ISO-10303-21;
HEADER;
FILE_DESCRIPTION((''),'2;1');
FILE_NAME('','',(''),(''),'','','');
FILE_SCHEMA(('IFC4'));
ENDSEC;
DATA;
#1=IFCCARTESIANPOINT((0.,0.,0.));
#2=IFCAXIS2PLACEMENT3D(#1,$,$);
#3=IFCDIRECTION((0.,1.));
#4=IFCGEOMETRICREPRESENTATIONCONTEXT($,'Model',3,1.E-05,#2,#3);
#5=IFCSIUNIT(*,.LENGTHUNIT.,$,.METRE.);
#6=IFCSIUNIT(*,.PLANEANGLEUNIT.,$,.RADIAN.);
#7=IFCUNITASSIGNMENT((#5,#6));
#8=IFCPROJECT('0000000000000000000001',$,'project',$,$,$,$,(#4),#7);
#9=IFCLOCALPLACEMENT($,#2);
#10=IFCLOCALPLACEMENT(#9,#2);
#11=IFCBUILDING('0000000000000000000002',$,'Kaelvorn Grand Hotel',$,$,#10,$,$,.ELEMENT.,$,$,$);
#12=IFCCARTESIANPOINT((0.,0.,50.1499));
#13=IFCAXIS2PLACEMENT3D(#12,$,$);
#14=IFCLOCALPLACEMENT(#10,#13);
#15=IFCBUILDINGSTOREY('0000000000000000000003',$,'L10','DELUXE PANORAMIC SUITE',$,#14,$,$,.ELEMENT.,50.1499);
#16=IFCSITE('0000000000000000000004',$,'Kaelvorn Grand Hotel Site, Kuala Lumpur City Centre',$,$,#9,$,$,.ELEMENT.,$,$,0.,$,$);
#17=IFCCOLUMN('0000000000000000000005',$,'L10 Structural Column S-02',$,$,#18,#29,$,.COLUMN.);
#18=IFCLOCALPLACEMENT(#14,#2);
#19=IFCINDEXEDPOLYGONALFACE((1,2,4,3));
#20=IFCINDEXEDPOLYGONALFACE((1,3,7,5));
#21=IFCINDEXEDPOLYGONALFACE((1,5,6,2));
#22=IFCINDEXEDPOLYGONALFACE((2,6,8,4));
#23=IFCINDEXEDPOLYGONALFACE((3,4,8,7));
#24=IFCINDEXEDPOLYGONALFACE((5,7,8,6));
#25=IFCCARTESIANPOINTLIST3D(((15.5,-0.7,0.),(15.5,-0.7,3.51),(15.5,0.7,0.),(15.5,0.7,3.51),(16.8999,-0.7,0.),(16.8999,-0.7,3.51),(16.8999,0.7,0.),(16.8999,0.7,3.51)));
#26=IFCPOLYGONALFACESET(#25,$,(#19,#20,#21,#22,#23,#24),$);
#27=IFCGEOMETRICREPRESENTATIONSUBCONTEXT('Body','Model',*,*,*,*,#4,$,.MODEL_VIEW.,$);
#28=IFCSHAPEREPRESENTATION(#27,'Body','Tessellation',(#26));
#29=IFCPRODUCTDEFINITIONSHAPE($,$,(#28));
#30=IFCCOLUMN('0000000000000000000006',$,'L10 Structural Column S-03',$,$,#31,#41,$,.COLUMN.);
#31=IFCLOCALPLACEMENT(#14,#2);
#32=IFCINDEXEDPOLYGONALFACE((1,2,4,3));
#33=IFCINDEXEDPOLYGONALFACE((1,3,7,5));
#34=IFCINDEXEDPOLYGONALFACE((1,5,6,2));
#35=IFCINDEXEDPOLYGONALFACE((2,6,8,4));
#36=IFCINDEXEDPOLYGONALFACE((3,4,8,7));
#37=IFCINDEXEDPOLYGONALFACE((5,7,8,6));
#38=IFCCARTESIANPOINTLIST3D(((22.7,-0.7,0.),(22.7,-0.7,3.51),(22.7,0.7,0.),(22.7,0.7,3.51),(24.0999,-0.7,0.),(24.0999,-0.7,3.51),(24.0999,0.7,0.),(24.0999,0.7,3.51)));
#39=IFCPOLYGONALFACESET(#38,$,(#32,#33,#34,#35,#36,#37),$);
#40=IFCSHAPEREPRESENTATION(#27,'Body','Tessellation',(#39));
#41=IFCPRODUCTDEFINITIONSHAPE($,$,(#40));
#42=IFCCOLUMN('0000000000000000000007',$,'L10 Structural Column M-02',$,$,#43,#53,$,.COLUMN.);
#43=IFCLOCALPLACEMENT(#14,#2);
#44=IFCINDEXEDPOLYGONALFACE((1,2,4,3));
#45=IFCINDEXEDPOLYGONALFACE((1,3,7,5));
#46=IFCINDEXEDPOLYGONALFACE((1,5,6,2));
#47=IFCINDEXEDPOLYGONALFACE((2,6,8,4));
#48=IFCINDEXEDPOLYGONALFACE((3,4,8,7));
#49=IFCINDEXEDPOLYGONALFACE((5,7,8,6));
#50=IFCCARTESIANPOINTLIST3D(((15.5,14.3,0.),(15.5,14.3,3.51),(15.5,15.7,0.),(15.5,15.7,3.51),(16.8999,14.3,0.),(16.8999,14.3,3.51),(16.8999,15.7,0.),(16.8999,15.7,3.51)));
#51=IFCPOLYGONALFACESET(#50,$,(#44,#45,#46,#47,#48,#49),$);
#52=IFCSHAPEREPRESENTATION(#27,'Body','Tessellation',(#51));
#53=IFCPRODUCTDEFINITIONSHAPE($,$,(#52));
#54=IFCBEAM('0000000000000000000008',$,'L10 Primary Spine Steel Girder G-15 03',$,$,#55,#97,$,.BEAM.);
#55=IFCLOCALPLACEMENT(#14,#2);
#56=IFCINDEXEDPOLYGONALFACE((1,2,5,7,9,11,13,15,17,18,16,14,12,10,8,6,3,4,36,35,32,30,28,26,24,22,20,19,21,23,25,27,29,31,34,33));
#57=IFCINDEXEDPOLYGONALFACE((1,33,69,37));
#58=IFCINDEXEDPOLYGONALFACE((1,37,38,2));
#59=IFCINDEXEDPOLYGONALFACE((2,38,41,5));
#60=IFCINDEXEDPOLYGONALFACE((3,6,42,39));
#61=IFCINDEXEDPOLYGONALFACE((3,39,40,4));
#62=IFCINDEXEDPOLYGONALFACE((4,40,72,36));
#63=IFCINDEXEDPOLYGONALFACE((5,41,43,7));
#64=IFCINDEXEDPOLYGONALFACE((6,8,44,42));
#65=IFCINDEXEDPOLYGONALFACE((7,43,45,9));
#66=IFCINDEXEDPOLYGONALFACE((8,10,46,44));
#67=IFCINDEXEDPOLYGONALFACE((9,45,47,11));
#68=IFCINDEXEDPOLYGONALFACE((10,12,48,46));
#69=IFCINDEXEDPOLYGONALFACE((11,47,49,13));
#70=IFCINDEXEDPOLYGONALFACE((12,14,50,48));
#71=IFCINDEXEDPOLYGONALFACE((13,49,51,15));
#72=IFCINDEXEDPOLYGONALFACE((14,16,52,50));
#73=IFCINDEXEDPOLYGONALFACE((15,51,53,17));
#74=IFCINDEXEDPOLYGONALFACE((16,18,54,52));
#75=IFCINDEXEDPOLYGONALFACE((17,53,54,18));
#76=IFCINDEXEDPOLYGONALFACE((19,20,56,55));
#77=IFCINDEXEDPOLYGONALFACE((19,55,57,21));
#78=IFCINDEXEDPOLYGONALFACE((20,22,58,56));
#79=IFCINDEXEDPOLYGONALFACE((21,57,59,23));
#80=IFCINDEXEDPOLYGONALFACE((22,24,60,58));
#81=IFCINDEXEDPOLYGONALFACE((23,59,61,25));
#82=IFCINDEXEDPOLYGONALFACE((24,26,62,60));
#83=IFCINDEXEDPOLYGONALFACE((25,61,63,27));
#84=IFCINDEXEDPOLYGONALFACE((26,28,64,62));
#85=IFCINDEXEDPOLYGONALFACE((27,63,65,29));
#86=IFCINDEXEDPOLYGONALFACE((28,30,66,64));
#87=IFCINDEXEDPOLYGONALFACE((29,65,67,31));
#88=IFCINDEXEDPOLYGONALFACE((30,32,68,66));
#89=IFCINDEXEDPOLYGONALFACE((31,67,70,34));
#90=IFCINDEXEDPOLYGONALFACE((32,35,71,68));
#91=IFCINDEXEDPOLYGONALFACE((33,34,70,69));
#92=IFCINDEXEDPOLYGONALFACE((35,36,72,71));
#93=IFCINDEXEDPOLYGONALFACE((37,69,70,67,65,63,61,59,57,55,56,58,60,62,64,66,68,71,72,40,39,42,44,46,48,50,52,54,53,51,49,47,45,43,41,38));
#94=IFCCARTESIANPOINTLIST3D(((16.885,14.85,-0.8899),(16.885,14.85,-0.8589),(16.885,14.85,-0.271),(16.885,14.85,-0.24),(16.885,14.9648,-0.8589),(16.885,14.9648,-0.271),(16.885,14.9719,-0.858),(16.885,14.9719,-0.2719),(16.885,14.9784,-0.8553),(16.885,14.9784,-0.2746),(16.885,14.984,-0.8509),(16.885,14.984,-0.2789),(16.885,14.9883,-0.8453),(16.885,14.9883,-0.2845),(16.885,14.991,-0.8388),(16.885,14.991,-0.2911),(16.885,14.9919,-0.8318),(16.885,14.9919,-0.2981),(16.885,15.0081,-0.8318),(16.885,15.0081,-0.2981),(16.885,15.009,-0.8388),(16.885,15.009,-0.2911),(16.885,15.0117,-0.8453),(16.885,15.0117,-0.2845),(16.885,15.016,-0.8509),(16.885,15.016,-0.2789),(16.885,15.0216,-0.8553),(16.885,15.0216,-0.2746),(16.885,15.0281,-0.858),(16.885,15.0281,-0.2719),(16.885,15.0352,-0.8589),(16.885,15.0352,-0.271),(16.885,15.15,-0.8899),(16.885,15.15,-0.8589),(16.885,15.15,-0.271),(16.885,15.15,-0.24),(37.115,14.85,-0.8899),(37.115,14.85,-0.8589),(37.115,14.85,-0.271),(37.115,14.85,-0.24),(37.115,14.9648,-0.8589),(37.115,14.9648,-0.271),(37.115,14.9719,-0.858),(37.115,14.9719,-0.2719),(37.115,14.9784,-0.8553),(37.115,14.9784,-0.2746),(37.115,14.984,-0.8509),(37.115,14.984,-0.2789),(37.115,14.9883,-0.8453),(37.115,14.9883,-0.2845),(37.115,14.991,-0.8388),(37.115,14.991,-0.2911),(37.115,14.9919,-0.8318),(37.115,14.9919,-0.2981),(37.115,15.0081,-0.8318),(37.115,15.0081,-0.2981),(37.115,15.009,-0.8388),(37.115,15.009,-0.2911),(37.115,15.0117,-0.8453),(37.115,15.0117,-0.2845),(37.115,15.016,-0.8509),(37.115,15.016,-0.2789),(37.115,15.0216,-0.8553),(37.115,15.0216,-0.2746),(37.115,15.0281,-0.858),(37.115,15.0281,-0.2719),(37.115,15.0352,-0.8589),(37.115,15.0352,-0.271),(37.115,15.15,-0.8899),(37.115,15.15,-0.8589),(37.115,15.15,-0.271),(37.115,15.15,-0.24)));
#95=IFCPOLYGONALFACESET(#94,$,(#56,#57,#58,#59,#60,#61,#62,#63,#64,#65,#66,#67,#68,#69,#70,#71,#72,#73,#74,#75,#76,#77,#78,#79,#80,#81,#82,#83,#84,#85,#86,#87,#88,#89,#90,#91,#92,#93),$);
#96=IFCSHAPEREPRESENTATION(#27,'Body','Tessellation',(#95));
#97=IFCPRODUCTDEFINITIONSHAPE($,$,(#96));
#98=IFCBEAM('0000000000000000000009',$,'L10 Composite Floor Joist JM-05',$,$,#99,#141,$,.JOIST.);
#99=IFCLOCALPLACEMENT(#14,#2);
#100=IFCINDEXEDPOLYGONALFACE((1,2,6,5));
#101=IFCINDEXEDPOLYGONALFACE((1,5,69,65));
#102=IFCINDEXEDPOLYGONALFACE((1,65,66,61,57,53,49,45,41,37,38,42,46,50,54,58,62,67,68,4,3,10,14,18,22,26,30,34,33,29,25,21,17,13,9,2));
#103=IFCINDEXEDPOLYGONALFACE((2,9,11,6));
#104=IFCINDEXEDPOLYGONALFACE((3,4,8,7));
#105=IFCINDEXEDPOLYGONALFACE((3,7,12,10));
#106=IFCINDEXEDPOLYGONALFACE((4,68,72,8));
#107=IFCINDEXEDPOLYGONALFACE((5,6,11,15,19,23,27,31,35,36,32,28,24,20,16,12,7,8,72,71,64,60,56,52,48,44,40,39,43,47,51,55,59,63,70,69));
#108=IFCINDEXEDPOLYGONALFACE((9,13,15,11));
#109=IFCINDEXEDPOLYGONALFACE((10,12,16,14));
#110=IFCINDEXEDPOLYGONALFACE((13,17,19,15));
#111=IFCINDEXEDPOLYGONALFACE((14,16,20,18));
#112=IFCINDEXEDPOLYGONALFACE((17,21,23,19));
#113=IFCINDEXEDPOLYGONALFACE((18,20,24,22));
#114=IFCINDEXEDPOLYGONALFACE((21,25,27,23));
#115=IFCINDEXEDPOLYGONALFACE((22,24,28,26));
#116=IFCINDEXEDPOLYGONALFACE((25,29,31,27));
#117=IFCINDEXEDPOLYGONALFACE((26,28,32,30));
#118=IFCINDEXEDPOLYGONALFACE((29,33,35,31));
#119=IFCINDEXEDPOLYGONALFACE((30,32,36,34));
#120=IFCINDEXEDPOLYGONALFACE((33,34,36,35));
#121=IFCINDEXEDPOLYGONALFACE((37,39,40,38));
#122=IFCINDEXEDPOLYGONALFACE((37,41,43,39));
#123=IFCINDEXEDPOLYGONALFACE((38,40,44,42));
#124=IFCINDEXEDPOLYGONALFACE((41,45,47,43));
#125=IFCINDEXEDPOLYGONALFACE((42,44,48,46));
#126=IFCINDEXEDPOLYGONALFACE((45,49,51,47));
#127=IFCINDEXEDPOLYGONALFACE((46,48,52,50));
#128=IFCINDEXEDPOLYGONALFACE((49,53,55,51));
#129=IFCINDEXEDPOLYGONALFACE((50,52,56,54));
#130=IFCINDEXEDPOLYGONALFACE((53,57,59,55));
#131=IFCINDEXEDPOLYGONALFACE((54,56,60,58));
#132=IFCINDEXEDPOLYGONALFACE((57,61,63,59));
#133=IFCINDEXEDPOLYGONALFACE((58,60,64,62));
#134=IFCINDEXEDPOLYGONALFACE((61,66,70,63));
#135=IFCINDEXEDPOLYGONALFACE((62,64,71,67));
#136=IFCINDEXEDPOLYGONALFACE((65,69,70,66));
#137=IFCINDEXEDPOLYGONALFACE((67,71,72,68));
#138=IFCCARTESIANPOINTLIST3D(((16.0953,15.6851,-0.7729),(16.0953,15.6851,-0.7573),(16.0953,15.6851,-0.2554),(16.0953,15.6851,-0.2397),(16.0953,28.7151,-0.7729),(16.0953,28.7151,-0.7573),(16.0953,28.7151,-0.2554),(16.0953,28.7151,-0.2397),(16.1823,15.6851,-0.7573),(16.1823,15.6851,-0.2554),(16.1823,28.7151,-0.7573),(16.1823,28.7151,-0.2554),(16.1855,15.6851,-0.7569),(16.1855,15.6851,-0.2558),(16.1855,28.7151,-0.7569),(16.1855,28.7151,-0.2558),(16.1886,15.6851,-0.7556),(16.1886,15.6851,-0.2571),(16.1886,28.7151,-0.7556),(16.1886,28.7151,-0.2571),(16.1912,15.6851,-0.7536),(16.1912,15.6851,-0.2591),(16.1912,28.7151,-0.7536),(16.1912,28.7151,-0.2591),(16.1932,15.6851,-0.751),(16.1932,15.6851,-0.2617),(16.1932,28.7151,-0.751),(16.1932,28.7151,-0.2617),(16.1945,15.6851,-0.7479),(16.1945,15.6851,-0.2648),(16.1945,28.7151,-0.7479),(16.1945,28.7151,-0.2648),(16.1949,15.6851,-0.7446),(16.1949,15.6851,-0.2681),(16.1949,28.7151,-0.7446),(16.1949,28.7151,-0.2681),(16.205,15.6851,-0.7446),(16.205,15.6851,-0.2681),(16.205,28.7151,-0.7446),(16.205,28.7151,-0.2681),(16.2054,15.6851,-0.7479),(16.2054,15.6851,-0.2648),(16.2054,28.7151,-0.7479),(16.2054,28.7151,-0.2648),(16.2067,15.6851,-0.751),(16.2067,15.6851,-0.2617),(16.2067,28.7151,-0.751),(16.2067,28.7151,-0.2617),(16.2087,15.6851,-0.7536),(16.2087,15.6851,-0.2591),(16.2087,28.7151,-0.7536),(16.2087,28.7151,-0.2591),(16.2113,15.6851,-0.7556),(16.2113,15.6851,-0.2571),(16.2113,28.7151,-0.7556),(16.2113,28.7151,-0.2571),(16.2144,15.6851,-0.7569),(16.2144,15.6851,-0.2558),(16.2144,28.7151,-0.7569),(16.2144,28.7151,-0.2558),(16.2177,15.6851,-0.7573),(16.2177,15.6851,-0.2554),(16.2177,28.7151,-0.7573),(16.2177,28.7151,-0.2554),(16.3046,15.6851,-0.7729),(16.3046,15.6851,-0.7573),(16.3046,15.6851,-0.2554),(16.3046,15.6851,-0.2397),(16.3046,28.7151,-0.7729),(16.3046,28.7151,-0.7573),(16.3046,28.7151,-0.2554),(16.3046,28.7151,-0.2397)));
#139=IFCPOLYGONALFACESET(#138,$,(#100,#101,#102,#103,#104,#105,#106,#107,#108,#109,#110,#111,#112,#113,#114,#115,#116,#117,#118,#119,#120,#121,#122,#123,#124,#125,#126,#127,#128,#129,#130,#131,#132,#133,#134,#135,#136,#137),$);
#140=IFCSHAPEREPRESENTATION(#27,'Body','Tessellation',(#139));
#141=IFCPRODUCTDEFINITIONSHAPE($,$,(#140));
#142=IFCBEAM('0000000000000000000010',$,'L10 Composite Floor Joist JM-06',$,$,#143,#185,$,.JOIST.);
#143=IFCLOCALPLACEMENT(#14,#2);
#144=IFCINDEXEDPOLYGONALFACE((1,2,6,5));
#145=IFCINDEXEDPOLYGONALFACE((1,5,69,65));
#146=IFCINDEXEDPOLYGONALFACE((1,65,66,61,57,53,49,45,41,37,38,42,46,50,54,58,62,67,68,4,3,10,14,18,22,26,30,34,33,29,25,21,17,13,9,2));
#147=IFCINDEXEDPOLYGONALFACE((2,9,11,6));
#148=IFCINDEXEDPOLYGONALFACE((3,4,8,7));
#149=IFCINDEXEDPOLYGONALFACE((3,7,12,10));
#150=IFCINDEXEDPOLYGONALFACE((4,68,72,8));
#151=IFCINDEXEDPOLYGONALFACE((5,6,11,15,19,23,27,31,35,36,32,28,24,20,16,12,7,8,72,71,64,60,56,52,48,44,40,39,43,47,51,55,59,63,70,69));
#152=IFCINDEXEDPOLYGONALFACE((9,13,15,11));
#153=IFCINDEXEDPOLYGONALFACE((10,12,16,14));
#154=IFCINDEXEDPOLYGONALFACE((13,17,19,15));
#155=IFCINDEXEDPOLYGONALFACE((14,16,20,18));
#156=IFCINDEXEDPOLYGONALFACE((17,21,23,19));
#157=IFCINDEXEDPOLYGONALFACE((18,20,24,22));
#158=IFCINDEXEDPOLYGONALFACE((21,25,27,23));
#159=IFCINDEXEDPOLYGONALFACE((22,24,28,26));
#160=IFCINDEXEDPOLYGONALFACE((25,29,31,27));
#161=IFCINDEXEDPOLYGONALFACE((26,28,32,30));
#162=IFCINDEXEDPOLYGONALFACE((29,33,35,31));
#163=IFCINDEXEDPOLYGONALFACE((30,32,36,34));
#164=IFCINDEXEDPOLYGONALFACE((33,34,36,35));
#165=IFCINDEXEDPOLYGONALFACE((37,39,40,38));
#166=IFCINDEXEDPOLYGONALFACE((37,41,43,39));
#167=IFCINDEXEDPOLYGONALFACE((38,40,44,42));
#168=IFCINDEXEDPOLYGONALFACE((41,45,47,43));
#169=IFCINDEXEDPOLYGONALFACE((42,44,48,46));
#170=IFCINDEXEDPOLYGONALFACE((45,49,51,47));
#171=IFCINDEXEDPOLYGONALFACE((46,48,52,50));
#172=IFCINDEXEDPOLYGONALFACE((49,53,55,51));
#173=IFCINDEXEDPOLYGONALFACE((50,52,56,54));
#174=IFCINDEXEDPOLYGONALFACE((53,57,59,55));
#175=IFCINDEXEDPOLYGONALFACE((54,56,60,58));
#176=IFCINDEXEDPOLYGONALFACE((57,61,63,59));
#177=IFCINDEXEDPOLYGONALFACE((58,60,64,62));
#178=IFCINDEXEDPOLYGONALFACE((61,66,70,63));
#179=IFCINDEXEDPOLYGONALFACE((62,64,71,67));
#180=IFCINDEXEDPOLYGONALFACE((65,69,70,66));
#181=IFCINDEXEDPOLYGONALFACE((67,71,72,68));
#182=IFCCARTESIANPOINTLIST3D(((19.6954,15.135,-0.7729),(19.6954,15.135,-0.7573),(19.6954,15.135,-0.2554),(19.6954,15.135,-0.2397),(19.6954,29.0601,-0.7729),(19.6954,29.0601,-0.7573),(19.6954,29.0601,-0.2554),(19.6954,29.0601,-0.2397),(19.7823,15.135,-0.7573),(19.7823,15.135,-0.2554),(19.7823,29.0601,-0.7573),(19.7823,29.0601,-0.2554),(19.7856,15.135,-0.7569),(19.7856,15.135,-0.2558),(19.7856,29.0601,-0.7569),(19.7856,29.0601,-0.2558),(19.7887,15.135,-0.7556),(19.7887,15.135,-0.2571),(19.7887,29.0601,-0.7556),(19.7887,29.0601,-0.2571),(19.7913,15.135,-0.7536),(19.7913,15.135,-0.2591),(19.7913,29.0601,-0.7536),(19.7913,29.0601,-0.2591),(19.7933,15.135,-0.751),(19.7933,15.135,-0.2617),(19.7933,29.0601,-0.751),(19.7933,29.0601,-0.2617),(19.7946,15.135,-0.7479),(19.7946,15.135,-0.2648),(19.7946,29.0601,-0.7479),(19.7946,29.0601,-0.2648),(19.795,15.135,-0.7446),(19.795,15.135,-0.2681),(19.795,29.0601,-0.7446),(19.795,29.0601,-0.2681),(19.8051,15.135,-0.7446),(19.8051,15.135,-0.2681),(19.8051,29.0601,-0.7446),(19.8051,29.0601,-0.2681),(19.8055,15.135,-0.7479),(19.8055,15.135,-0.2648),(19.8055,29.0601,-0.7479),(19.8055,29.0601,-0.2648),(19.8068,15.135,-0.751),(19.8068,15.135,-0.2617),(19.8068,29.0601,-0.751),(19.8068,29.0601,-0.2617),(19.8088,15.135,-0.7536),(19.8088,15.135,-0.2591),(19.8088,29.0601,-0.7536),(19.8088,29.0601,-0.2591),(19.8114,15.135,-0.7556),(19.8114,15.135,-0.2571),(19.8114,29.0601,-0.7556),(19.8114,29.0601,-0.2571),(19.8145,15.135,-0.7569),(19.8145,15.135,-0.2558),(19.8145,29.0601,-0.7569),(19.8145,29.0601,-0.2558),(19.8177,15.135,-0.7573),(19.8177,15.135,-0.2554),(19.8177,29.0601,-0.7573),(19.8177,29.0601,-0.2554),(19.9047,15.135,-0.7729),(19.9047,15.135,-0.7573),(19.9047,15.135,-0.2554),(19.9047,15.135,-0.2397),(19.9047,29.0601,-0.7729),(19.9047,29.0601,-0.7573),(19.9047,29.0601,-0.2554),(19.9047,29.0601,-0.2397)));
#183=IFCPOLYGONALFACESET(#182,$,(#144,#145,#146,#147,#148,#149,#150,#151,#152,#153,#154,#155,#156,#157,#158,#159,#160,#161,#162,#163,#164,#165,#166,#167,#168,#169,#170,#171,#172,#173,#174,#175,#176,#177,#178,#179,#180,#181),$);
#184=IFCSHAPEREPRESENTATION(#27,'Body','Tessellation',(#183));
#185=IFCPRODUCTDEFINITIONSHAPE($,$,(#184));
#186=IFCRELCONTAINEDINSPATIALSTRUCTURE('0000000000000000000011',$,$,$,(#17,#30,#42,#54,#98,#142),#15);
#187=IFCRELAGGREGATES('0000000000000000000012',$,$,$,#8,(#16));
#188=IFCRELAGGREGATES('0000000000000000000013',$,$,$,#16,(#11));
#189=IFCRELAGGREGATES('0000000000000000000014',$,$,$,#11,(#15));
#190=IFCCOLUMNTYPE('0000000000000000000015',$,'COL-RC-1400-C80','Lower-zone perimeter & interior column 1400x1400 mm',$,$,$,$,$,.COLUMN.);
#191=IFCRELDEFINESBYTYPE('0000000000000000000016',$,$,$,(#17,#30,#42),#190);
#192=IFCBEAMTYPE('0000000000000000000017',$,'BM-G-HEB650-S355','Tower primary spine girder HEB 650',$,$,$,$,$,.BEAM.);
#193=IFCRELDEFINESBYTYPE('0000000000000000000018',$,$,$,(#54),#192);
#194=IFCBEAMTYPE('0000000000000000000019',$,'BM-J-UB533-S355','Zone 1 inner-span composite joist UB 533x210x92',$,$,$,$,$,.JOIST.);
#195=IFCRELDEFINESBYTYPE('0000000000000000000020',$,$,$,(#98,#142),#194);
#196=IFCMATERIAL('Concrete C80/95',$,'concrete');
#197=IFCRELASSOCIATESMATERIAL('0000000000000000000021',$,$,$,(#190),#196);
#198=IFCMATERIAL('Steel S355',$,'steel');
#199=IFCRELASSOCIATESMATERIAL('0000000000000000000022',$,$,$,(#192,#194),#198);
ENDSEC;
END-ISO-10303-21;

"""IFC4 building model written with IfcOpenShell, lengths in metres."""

from ifc_helpers import new_model, si_unit, direction, frame, origin, origin_2d, place, context, subcontext, project, spatial, rectangle, i_section, extrude, material, material_profile, profile_set, type_object, element, save


model = new_model("IFC4")

# Units and contexts
model_context = context("Model", 3, precision=1e-05, world=origin(), true_north=direction((0.0, 1.0)))
body_context = subcontext(model_context, "Body", "Model", "MODEL_VIEW")
ifc_project = project(units=[si_unit("LENGTHUNIT", "METRE"), si_unit("PLANEANGLEUNIT", "RADIAN")], contexts=[model_context])

# Site, building, storey
site_placement = place(None, origin())
site = spatial("IfcSite", under=ifc_project, at=site_placement, Name="Kaelvorn Grand Hotel Site, Kuala Lumpur City Centre", CompositionType="ELEMENT", RefElevation=0.0)
building_placement = place(site_placement, origin())
building = spatial("IfcBuilding", under=site, at=building_placement, Name="Kaelvorn Grand Hotel", CompositionType="ELEMENT")
storey_placement = place(building_placement, frame((0.0, 0.0, 50.1499)))
storey = spatial("IfcBuildingStorey", under=building, at=storey_placement, Name="L10", Description="DELUXE PANORAMIC SUITE", CompositionType="ELEMENT", Elevation=50.1499)

# Columns
ifc_material_1 = material(Name="Concrete C80/95", Category="concrete")
ifc_material_profile_1 = material_profile(ifc_material_1, rectangle(XDim=1.3999, YDim=1.3999, at=origin_2d()), Name="RC COL 1400x1400")
ifc_profile_set_1 = profile_set([ifc_material_profile_1], Name="Concrete C80/95")
column_type = type_object("IfcColumnType", Name="COL-RC-1400-C80", Description="Lower-zone perimeter & interior column 1400x1400 mm", PredefinedType="COLUMN", material=ifc_profile_set_1)
for number, where, z_axis, x_axis, name in (
    (1, (16.2, 0.0, 0.0), (0.0, 0.0, 1.0), (1.0, 0.0, 0.0), "L10 Structural Column S-02"),
    (2, (23.3999, 0.0, 0.0), (0.0, 0.0, 1.0), (1.0, 0.0, 0.0), "L10 Structural Column S-03"),
    (3, (16.2, 15.0, 0.0), (0.0, 0.0, 1.0), (1.0, 0.0, 0.0), "L10 Structural Column M-02"),
):
    element("IfcColumn", number, at=place(storey_placement, frame(where, z_axis=z_axis, x_axis=x_axis)), inside=storey, type_object=column_type, Name=name, PredefinedType="COLUMN", context=body_context, shape_type="SweptSolid", body=[
        extrude(rectangle(XDim=1.3999, YDim=1.3999, at=origin_2d()), origin(), (0.0, 0.0, 1.0), 3.51),
    ])

# Beams
ifc_material_2 = material(Name="Steel S355", Category="steel")
ifc_material_profile_2 = material_profile(ifc_material_2, i_section(OverallWidth=0.3, OverallDepth=0.6499, WebThickness=0.0161, FlangeThickness=0.031, FilletRadius=0.0271, at=origin_2d()), Name="HEB 650")
ifc_profile_set_2 = profile_set([ifc_material_profile_2], Name="Steel S355")
beam_type_1 = type_object("IfcBeamType", Name="BM-G-HEB650-S355", Description="Tower primary spine girder HEB 650", PredefinedType="BEAM", material=ifc_profile_set_2)
beam_1_placement = place(storey_placement, frame((16.885, 15.0, -0.5649), z_axis=(1.0, 0.0, 0.0), x_axis=(0.0, 1.0, 0.0)))
element("IfcBeam", 4, at=beam_1_placement, inside=storey, type_object=beam_type_1, Name="L10 Primary Spine Steel Girder G-15 03", PredefinedType="BEAM", context=body_context, shape_type="SweptSolid", body=[
    extrude(i_section(OverallWidth=0.3, OverallDepth=0.6499, WebThickness=0.0161, FlangeThickness=0.031, FilletRadius=0.0271, at=origin_2d()), origin(), (0.0, 0.0, 1.0), 20.23),
])
ifc_material_profile_3 = material_profile(ifc_material_2, i_section(OverallWidth=0.2092, OverallDepth=0.5332, WebThickness=0.01, FlangeThickness=0.0156, FilletRadius=0.0127, at=origin_2d()), Name="UB 533x210x92")
ifc_profile_set_3 = profile_set([ifc_material_profile_3], Name="Steel S355")
beam_type_2 = type_object("IfcBeamType", Name="BM-J-UB533-S355", Description="Zone 1 inner-span composite joist UB 533x210x92", PredefinedType="JOIST", material=ifc_profile_set_3)
beam_2_placement = place(storey_placement, frame((16.2, 15.6851, -0.5063), z_axis=(0.0, 1.0, 0.0), x_axis=(-1.0, 0.0, 0.0)))
element("IfcBeam", 5, at=beam_2_placement, inside=storey, type_object=beam_type_2, Name="L10 Composite Floor Joist JM-05", PredefinedType="JOIST", context=body_context, shape_type="SweptSolid", body=[
    extrude(i_section(OverallWidth=0.2092, OverallDepth=0.5332, WebThickness=0.01, FlangeThickness=0.0156, FilletRadius=0.0127, at=origin_2d()), origin(), (0.0, 0.0, 1.0), 13.03),
])
beam_3_placement = place(storey_placement, frame((19.8, 15.135, -0.5063), z_axis=(0.0, 1.0, 0.0), x_axis=(-1.0, 0.0, 0.0)))
element("IfcBeam", 6, at=beam_3_placement, inside=storey, type_object=beam_type_2, Name="L10 Composite Floor Joist JM-06", PredefinedType="JOIST", context=body_context, shape_type="SweptSolid", body=[
    extrude(i_section(OverallWidth=0.2092, OverallDepth=0.5332, WebThickness=0.01, FlangeThickness=0.0156, FilletRadius=0.0127, at=origin_2d()), origin(), (0.0, 0.0, 1.0), 13.925),
])

save(model, "model.ifc")
